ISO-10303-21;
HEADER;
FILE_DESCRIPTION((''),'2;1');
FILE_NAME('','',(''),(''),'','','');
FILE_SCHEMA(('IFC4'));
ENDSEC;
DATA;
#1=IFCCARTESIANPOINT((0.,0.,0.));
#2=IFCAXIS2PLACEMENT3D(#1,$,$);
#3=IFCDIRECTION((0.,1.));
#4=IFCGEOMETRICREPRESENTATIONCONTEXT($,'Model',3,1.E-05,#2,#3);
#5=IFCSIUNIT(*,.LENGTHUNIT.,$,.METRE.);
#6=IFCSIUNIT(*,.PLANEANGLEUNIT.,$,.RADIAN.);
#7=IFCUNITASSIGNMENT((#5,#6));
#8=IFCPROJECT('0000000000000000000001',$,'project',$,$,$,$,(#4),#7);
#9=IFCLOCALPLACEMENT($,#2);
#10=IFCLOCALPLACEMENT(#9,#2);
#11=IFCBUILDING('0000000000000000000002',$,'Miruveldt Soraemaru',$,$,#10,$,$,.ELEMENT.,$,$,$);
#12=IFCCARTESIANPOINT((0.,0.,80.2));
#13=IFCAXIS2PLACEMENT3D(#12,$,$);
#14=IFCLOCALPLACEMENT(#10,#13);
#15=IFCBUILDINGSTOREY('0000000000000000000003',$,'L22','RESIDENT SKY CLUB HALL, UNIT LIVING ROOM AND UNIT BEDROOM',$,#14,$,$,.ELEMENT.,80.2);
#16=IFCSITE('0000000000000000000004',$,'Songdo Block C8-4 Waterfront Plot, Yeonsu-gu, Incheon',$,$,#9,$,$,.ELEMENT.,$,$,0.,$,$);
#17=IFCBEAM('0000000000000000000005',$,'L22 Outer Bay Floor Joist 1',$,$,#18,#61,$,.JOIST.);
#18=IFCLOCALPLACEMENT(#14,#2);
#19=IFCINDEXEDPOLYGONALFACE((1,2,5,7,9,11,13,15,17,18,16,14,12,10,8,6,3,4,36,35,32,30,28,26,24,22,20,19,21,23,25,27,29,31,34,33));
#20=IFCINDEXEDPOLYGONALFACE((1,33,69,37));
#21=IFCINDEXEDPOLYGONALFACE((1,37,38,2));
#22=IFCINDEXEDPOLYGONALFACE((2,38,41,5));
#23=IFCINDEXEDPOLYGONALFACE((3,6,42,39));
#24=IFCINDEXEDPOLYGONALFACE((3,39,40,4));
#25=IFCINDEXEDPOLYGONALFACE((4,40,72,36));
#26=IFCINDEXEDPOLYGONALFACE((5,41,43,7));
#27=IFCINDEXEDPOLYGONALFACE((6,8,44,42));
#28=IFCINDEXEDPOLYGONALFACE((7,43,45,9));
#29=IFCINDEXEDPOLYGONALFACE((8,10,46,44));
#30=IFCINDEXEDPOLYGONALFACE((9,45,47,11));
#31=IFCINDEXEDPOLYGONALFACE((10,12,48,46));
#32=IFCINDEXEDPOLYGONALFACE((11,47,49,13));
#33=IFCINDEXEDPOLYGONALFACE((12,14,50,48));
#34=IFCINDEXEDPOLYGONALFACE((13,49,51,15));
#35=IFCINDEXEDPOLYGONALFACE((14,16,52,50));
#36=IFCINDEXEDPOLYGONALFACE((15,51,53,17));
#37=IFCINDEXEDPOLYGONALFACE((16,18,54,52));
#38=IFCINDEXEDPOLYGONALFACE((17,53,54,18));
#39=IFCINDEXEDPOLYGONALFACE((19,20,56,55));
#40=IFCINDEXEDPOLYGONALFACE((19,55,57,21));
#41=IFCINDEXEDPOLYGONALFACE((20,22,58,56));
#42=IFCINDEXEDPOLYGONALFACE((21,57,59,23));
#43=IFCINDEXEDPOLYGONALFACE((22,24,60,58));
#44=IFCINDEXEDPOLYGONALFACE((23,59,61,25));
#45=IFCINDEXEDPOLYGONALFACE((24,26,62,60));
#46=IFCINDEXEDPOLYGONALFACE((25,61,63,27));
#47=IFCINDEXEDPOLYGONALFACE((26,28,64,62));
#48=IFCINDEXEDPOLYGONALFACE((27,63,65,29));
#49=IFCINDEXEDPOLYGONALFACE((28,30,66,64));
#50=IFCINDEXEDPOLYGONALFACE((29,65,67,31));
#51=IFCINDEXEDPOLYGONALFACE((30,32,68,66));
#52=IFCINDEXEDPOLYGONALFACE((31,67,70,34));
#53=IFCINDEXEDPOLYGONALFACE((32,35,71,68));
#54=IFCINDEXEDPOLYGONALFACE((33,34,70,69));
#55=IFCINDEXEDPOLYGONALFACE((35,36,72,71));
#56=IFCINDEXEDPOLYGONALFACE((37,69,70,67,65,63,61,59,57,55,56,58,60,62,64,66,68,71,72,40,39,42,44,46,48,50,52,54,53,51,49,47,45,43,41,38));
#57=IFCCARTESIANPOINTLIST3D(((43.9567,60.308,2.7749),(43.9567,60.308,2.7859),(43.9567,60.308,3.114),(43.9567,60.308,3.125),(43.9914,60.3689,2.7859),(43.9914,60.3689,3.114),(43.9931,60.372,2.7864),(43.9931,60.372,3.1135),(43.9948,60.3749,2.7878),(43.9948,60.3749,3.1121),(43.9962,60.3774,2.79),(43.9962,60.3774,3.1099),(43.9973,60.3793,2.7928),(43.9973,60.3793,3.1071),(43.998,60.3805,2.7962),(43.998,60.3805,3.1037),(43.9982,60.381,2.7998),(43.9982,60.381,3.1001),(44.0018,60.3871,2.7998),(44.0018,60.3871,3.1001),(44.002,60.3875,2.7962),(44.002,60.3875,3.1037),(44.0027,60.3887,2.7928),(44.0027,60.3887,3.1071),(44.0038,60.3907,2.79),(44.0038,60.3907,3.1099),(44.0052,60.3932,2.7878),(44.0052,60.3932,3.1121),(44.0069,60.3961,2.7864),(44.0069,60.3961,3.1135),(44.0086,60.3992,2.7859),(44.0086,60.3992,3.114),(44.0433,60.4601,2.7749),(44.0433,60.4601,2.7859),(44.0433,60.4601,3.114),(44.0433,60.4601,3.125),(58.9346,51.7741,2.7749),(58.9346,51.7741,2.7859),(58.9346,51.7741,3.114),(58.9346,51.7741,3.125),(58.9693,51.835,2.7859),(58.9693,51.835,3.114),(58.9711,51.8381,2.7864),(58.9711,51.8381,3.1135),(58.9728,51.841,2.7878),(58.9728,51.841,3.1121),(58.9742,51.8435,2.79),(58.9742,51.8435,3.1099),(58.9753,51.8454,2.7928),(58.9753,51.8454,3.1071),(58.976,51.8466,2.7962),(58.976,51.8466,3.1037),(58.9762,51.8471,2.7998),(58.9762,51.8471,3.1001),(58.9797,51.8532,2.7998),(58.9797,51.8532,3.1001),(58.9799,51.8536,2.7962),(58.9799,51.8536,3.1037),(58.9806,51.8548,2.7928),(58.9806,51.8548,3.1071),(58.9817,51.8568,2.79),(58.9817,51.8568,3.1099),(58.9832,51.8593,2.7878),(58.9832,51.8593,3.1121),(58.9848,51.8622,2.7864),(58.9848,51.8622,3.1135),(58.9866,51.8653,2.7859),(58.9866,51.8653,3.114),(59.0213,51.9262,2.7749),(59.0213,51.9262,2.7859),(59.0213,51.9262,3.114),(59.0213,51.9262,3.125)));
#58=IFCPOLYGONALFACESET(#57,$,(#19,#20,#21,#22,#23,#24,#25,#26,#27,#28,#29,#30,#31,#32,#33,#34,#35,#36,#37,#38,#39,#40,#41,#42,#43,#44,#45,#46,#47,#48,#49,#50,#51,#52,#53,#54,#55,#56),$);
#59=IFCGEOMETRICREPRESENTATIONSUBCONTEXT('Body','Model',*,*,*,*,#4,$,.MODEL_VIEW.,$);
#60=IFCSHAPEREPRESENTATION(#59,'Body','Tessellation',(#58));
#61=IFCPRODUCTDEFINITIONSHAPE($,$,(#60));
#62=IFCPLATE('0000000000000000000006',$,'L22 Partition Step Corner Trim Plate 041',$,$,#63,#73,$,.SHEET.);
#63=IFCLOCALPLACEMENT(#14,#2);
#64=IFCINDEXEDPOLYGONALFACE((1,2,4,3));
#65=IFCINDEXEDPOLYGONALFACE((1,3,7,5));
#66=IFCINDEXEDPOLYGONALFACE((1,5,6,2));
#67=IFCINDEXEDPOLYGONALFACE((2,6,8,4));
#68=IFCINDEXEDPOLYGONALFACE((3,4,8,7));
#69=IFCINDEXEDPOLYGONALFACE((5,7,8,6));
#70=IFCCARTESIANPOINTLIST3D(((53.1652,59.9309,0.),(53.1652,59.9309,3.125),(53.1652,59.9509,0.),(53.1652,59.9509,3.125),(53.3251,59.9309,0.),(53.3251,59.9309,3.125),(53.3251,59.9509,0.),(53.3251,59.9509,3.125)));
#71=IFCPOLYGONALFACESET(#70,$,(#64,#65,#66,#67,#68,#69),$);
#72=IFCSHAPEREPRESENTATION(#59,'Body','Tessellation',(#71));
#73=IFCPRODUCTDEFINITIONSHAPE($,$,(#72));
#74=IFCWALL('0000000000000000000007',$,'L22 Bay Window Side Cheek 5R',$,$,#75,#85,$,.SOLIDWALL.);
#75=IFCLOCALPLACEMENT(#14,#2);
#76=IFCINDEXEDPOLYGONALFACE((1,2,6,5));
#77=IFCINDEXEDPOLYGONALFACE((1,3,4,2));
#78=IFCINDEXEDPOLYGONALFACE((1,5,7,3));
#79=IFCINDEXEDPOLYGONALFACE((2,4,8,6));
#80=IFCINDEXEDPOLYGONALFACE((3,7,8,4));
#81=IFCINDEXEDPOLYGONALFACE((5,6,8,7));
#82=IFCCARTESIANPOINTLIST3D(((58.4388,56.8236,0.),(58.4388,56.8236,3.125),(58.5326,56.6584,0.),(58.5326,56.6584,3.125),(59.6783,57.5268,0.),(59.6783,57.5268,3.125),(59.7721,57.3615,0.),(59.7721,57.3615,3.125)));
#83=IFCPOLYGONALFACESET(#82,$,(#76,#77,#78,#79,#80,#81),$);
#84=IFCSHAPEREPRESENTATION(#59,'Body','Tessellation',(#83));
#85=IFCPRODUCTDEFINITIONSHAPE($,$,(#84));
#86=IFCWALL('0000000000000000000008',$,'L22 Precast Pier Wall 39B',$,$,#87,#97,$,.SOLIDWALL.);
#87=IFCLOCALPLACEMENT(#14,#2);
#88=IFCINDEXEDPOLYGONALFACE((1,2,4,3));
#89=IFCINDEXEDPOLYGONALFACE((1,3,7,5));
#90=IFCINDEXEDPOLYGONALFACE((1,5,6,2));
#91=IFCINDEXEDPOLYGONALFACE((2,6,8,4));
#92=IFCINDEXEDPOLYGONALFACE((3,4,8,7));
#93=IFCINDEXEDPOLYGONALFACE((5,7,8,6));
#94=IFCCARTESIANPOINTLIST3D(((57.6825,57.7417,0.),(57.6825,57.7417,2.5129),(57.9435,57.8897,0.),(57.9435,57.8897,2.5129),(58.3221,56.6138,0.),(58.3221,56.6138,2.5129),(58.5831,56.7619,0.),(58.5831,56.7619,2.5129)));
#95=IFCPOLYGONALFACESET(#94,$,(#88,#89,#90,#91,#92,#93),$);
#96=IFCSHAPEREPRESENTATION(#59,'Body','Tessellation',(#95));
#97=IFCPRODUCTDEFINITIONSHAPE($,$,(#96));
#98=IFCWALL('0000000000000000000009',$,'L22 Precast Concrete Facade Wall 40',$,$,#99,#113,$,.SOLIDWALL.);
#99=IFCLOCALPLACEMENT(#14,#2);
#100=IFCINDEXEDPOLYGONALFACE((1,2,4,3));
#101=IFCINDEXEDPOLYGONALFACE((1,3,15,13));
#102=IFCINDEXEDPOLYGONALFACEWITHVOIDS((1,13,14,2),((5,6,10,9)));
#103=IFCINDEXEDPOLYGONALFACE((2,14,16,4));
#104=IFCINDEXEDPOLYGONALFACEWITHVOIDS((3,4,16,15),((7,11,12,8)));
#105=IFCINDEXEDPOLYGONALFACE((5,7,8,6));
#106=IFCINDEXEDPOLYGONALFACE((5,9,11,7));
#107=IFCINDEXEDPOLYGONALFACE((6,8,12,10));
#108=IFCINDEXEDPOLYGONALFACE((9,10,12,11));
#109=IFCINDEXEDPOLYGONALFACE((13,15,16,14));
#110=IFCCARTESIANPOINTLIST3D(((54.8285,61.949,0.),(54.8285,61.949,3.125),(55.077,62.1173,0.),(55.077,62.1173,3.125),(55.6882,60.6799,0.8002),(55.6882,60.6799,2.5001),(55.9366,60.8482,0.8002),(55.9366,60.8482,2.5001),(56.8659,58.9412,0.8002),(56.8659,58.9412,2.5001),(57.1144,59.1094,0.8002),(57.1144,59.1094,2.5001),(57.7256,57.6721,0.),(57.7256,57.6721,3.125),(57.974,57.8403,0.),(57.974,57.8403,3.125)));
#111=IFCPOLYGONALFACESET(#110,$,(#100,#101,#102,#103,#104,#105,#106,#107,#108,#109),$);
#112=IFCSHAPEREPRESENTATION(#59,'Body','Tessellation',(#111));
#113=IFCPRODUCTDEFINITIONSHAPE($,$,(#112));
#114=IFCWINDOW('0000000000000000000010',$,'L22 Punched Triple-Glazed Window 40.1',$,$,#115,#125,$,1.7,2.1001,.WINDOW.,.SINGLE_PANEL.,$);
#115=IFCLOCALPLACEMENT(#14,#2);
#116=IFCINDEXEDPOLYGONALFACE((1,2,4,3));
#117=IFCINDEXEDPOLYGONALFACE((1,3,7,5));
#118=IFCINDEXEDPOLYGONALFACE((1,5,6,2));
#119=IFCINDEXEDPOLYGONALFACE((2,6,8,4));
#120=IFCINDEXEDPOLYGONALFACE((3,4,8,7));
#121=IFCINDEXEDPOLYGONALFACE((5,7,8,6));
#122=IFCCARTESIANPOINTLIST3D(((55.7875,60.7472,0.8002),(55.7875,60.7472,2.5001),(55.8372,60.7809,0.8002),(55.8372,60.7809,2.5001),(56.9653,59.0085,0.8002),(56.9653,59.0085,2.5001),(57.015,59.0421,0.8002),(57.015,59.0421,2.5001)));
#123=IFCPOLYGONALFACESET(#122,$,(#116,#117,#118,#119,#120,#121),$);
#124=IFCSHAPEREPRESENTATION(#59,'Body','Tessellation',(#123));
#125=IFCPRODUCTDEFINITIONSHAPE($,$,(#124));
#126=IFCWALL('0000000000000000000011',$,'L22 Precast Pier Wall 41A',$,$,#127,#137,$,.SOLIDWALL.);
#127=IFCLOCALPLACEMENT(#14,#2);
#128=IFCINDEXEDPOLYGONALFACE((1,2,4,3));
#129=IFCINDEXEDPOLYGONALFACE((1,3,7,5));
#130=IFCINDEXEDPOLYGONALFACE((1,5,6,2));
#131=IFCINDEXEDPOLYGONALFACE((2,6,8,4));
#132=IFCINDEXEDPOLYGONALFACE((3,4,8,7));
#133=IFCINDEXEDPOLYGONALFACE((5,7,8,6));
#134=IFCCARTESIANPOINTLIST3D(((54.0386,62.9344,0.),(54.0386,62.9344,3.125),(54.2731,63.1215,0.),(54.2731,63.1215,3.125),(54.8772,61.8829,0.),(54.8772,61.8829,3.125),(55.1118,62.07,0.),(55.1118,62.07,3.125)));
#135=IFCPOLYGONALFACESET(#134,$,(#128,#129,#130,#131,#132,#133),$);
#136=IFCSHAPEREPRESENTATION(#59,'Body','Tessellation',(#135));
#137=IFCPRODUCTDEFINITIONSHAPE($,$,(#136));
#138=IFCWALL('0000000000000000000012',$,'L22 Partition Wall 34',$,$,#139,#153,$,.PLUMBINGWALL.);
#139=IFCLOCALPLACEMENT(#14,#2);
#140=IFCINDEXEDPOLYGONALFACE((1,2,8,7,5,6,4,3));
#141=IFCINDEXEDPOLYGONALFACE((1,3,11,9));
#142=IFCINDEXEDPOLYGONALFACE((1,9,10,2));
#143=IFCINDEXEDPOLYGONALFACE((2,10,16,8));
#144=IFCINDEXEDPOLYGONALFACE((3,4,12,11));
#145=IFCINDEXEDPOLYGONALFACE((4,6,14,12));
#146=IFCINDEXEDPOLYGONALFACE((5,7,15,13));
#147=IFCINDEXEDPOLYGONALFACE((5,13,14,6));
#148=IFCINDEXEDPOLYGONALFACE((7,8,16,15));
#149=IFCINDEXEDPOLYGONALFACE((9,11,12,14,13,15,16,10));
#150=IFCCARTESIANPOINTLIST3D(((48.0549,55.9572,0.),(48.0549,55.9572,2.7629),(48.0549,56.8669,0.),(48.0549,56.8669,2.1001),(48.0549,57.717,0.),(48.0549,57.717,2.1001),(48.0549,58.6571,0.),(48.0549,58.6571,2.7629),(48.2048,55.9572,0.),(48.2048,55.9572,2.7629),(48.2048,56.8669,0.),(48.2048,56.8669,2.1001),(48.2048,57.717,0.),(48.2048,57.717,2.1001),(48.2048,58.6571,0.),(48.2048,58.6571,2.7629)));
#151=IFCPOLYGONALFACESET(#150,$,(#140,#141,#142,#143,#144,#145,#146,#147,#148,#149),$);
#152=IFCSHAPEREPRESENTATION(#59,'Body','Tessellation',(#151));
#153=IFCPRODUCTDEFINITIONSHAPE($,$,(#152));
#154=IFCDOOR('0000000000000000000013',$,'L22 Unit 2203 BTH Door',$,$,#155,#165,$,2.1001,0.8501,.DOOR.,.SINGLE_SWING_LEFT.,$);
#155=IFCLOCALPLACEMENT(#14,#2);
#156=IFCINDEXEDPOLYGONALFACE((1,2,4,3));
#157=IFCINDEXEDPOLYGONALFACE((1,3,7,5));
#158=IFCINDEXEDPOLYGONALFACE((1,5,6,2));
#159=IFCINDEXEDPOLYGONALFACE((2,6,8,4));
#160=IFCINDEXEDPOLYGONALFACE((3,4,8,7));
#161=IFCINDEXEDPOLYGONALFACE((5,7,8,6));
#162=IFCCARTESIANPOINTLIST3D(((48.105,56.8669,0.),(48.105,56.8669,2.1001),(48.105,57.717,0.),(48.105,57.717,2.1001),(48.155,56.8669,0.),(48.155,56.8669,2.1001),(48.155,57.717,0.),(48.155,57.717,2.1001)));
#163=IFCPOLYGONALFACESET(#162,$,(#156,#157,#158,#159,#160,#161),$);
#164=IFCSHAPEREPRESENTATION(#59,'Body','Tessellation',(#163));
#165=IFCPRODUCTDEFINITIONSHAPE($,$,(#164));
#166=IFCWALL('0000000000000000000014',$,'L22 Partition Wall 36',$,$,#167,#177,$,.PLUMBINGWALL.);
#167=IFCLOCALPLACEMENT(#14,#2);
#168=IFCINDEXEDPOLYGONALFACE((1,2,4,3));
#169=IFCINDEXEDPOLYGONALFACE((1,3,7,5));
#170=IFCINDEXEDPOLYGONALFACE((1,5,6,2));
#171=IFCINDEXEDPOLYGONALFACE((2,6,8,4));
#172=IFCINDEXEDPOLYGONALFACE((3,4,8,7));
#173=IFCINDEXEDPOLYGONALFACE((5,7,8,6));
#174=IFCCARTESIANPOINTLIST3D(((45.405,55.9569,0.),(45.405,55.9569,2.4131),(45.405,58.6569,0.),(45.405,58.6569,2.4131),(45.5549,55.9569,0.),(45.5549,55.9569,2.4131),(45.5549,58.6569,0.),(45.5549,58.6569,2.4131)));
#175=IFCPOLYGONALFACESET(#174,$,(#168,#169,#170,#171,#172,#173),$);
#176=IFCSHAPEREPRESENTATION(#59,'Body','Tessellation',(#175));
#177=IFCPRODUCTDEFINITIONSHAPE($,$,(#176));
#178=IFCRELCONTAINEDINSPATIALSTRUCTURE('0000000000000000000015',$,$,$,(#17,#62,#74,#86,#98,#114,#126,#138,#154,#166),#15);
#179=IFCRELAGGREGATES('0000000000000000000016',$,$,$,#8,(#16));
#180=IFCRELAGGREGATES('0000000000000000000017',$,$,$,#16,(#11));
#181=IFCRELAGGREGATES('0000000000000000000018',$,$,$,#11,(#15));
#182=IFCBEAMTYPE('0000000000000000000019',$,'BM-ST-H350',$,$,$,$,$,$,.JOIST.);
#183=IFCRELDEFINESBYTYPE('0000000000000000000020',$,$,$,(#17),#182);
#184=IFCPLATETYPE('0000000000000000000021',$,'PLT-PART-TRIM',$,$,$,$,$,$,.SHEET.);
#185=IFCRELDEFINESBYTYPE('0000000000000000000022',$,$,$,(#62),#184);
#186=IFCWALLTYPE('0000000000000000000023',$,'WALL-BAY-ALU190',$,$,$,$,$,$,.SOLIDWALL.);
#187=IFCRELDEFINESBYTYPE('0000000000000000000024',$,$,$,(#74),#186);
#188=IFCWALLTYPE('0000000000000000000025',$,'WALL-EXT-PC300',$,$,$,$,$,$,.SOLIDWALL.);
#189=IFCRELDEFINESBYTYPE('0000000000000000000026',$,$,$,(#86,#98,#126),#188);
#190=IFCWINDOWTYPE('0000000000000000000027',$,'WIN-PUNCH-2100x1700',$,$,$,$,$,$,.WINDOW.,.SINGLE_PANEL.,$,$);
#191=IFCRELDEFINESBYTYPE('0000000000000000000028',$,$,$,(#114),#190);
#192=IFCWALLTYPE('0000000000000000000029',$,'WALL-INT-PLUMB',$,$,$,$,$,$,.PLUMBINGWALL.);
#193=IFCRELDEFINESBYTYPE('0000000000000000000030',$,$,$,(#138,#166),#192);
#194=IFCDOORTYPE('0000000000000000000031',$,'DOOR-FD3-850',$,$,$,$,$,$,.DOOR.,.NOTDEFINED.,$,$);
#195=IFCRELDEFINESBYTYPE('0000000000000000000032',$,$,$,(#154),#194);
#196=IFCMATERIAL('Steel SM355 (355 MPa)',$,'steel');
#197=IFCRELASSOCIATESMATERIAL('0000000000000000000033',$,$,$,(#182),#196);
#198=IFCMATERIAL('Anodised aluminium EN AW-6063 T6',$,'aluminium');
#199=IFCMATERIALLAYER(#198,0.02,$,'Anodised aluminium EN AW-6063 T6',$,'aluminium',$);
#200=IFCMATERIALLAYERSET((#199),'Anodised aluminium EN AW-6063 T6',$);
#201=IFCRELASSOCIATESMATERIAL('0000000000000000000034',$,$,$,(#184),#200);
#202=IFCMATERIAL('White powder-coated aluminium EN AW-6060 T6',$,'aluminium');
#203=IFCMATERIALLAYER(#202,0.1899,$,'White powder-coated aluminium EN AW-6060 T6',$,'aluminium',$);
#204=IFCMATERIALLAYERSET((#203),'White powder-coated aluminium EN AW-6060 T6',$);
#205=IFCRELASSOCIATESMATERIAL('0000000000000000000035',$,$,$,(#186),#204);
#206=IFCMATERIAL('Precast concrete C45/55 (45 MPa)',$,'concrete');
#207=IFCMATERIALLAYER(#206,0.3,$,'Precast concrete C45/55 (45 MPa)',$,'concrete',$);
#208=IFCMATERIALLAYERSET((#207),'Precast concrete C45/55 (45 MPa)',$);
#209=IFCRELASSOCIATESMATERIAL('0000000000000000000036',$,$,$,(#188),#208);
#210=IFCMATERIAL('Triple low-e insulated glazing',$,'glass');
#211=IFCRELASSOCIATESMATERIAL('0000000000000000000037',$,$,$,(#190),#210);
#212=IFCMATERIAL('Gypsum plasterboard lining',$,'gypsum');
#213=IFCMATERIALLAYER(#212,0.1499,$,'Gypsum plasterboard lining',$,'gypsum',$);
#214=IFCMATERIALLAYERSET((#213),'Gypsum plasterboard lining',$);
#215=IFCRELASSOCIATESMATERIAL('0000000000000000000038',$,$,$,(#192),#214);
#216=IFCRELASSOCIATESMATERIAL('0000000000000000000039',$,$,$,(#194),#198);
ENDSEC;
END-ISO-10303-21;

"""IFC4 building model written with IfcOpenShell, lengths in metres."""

from ifc_helpers import new_model, si_unit, direction, frame, frame_2d, origin, origin_2d, place, context, subcontext, project, spatial, rectangle, i_section, extrude, material, layer, layer_set, material_profile, profile_set, type_object, element, fill, save


model = new_model("IFC4")

# Units and contexts
model_context = context("Model", 3, precision=1e-05, world=origin(), true_north=direction((0.0, 1.0)))
body_context = subcontext(model_context, "Body", "Model", "MODEL_VIEW")
ifc_project = project(units=[si_unit("LENGTHUNIT", "METRE"), si_unit("PLANEANGLEUNIT", "RADIAN")], contexts=[model_context])

# Site, building, storey
site_placement = place(None, origin())
site = spatial("IfcSite", under=ifc_project, at=site_placement, Name="Songdo Block C8-4 Waterfront Plot, Yeonsu-gu, Incheon", CompositionType="ELEMENT", RefElevation=0.0)
building_placement = place(site_placement, origin())
building = spatial("IfcBuilding", under=site, at=building_placement, Name="Miruveldt Soraemaru", CompositionType="ELEMENT")
storey_placement = place(building_placement, frame((0.0, 0.0, 80.2)))
storey = spatial("IfcBuildingStorey", under=building, at=storey_placement, Name="L22", Description="RESIDENT SKY CLUB HALL, UNIT LIVING ROOM AND UNIT BEDROOM", CompositionType="ELEMENT", Elevation=80.2)

# Beam
ifc_material_1 = material(Name="Steel SM355 (355 MPa)", Category="steel")
ifc_material_profile = material_profile(ifc_material_1, i_section(OverallWidth=0.175, OverallDepth=0.3501, WebThickness=0.0071, FlangeThickness=0.011, FilletRadius=0.0139, at=origin_2d()), Name="Steel SM355 (355 MPa)", Category="steel")
ifc_profile_set = profile_set([ifc_material_profile], Name="Steel SM355 (355 MPa)")
beam_type = type_object("IfcBeamType", Name="BM-ST-H350", PredefinedType="JOIST", material=ifc_profile_set)
beam_placement = place(storey_placement, frame((44.0, 60.384, 2.95), z_axis=(0.868866, -0.495048, 0.0), x_axis=(0.495048, 0.868866, 0.0)))
element("IfcBeam", 1, at=beam_placement, inside=storey, type_object=beam_type, Name="L22 Outer Bay Floor Joist 1", PredefinedType="JOIST", context=body_context, shape_type="SweptSolid", body=[
    extrude(i_section(OverallWidth=0.175, OverallDepth=0.3501, WebThickness=0.0071, FlangeThickness=0.011, FilletRadius=0.0139, at=origin_2d()), origin(), (0.0, 0.0, 1.0), 17.2385),
])

# Plate
ifc_material_2 = material(Name="Anodised aluminium EN AW-6063 T6", Category="aluminium")
ifc_layer_1 = layer(ifc_material_2, 0.02, Name="Anodised aluminium EN AW-6063 T6", Category="aluminium")
ifc_layer_set_1 = layer_set([ifc_layer_1], Name="Anodised aluminium EN AW-6063 T6")
plate_type = type_object("IfcPlateType", Name="PLT-PART-TRIM", PredefinedType="SHEET", material=ifc_layer_set_1)
plate_placement = place(storey_placement, frame((53.2451, 59.9409, 0.0), z_axis=(0.0, 0.0, 1.0), x_axis=(-1.0, 0.0, 0.0)))
element("IfcPlate", 2, at=plate_placement, inside=storey, type_object=plate_type, Name="L22 Partition Step Corner Trim Plate 041", PredefinedType="SHEET", context=body_context, shape_type="SweptSolid", body=[
    extrude(rectangle(XDim=0.1599, YDim=0.02, at=origin_2d()), origin(), (0.0, 0.0, 1.0), 3.125),
])

# Walls
ifc_material_3 = material(Name="White powder-coated aluminium EN AW-6060 T6", Category="aluminium")
ifc_layer_2 = layer(ifc_material_3, 0.1899, Name="White powder-coated aluminium EN AW-6060 T6", Category="aluminium")
ifc_layer_set_2 = layer_set([ifc_layer_2], Name="White powder-coated aluminium EN AW-6060 T6")
wall_type_1 = type_object("IfcWallType", Name="WALL-BAY-ALU190", PredefinedType="SOLIDWALL", material=ifc_layer_set_2)
wall_1_placement = place(storey_placement, frame((59.7251, 57.4441, 0.0), z_axis=(0.0, 0.0, 1.0), x_axis=(-0.869799, -0.493406, 0.0)))
element("IfcWall", 3, at=wall_1_placement, inside=storey, type_object=wall_type_1, Name="L22 Bay Window Side Cheek 5R", PredefinedType="SOLIDWALL", context=body_context, shape_type="SweptSolid", body=[
    extrude(rectangle(XDim=1.425, YDim=0.1899, at=frame_2d((0.7124, 0.0))), origin(), (0.0, 0.0, 1.0), 3.125),
])
ifc_material_4 = material(Name="Precast concrete C45/55 (45 MPa)", Category="concrete")
ifc_layer_3 = layer(ifc_material_4, 0.3, Name="Precast concrete C45/55 (45 MPa)", Category="concrete")
ifc_layer_set_3 = layer_set([ifc_layer_3], Name="Precast concrete C45/55 (45 MPa)")
wall_type_2 = type_object("IfcWallType", Name="WALL-EXT-PC300", PredefinedType="SOLIDWALL", material=ifc_layer_set_3)
wall_2_placement = place(storey_placement, frame((58.4526, 56.6877, 0.0), z_axis=(0.0, 0.0, 1.0), x_axis=(-0.493298, 0.869861, 0.0)))
element("IfcWall", 4, at=wall_2_placement, inside=storey, type_object=wall_type_2, Name="L22 Precast Pier Wall 39B", PredefinedType="SOLIDWALL", context=body_context, shape_type="SweptSolid", body=[
    extrude(rectangle(XDim=1.2966, YDim=0.3, at=frame_2d((0.6484, 0.0))), origin(), (0.0, 0.0, 1.0), 2.5129),
])

# Wall, opening, window
wall_3_placement = place(storey_placement, frame((57.8499, 57.7561, 0.0), z_axis=(0.0, 0.0, 1.0), x_axis=(-0.560815, 0.827941, 0.0)))
wall_3 = element("IfcWall", 5, at=wall_3_placement, inside=storey, type_object=wall_type_2, Name="L22 Precast Concrete Facade Wall 40", PredefinedType="SOLIDWALL", context=body_context, shape_type="SweptSolid", body=[
    extrude(rectangle(XDim=5.1658, YDim=0.3, at=frame_2d((2.583, 0.0))), origin(), (0.0, 0.0, 1.0), 3.125),
])
opening_1_placement = place(wall_3_placement, frame((1.533, 0.0, 0.8)))
opening_1 = element("IfcOpeningElement", 6, at=opening_1_placement, cuts=wall_3, PredefinedType="OPENING", context=body_context, shape_type="SweptSolid", body=[
    extrude(rectangle(XDim=2.1001, YDim=1.7, at=frame_2d((1.05, 0.8501))), frame((0.0, 0.1602, 0.0), z_axis=(0.0, -1.0, 0.0), x_axis=(1.0, 0.0, 0.0)), (0.0, 0.0, 1.0), 0.3201),
])
ifc_material_5 = material(Name="Triple low-e insulated glazing", Category="glass")
window_type = type_object("IfcWindowType", Name="WIN-PUNCH-2100x1700", PartitioningType="SINGLE_PANEL", PredefinedType="WINDOW", material=ifc_material_5)
window_placement = place(opening_1_placement, origin())
window = element("IfcWindow", 7, at=window_placement, inside=storey, type_object=window_type, Name="L22 Punched Triple-Glazed Window 40.1", OverallHeight=1.7, OverallWidth=2.1001, PartitioningType="SINGLE_PANEL", PredefinedType="WINDOW", context=body_context, shape_type="SweptSolid", body=[
    extrude(rectangle(XDim=2.1001, YDim=1.7, at=frame_2d((1.05, 0.8501))), frame((0.0, 0.03, 0.0), z_axis=(0.0, -1.0, 0.0), x_axis=(1.0, 0.0, 0.0)), (0.0, 0.0, 1.0), 0.0601),
])
fill(opening_1, window)

# Wall
wall_4_placement = place(storey_placement, frame((54.9944, 61.9766, 0.0), z_axis=(0.0, 0.0, 1.0), x_axis=(-0.623521, 0.781807, 0.0)))
element("IfcWall", 8, at=wall_4_placement, inside=storey, type_object=wall_type_2, Name="L22 Precast Pier Wall 41A", PredefinedType="SOLIDWALL", context=body_context, shape_type="SweptSolid", body=[
    extrude(rectangle(XDim=1.345, YDim=0.3, at=frame_2d((0.6724, 0.0))), origin(), (0.0, 0.0, 1.0), 3.125),
])

# Wall, opening, door
ifc_material_6 = material(Name="Gypsum plasterboard lining", Category="gypsum")
ifc_layer_4 = layer(ifc_material_6, 0.1499, Name="Gypsum plasterboard lining", Category="gypsum")
ifc_layer_set_4 = layer_set([ifc_layer_4], Name="Gypsum plasterboard lining")
wall_type_3 = type_object("IfcWallType", Name="WALL-INT-PLUMB", PredefinedType="PLUMBINGWALL", material=ifc_layer_set_4)
wall_5_placement = place(storey_placement, frame((48.1299, 55.957, 0.0), z_axis=(0.0, 0.0, 1.0), x_axis=(0.0, 1.0, 0.0)))
wall_5 = element("IfcWall", 9, at=wall_5_placement, inside=storey, type_object=wall_type_3, Name="L22 Partition Wall 34", PredefinedType="PLUMBINGWALL", context=body_context, shape_type="SweptSolid", body=[
    extrude(rectangle(XDim=2.7, YDim=0.1499, at=frame_2d((1.3501, 0.0))), origin(), (0.0, 0.0, 1.0), 2.7629),
])
opening_2_placement = place(wall_5_placement, frame((0.9099, 0.0, 0.0)))
opening_2 = element("IfcOpeningElement", 10, at=opening_2_placement, cuts=wall_5, PredefinedType="OPENING", context=body_context, shape_type="SweptSolid", body=[
    extrude(rectangle(XDim=0.8501, YDim=2.1001, at=frame_2d((0.425, 1.05))), frame((0.0, 0.085, 0.0), z_axis=(0.0, -1.0, 0.0), x_axis=(1.0, 0.0, 0.0)), (0.0, 0.0, 1.0), 0.1699),
])
door_type_1 = type_object("IfcDoorType", Name="DOOR-FD3-850", OperationType="NOTDEFINED", PredefinedType="DOOR", material=ifc_material_2)
door_1_placement = place(opening_2_placement, origin())
door_1 = element("IfcDoor", 11, at=door_1_placement, inside=storey, type_object=door_type_1, Name="L22 Unit 2203 BTH Door", OperationType="SINGLE_SWING_LEFT", OverallHeight=2.1001, OverallWidth=0.8501, PredefinedType="DOOR", context=body_context, shape_type="SweptSolid", body=[
    extrude(rectangle(XDim=0.8501, YDim=2.1001, at=frame_2d((0.425, 1.05))), frame((0.0, 0.0249, 0.0), z_axis=(0.0, -1.0, 0.0), x_axis=(1.0, 0.0, 0.0)), (0.0, 0.0, 1.0), 0.05),
])
fill(opening_2, door_1)

# Wall
wall_6_placement = place(storey_placement, frame((45.48, 58.657, 0.0), z_axis=(0.0, 0.0, 1.0), x_axis=(0.0, -1.0, 0.0)))
element("IfcWall", 12, at=wall_6_placement, inside=storey, type_object=wall_type_3, Name="L22 Partition Wall 36", PredefinedType="PLUMBINGWALL", context=body_context, shape_type="SweptSolid", body=[
    extrude(rectangle(XDim=2.7, YDim=0.1499, at=frame_2d((1.3501, 0.0))), origin(), (0.0, 0.0, 1.0), 2.4131),
])

save(model, "model.ifc")
